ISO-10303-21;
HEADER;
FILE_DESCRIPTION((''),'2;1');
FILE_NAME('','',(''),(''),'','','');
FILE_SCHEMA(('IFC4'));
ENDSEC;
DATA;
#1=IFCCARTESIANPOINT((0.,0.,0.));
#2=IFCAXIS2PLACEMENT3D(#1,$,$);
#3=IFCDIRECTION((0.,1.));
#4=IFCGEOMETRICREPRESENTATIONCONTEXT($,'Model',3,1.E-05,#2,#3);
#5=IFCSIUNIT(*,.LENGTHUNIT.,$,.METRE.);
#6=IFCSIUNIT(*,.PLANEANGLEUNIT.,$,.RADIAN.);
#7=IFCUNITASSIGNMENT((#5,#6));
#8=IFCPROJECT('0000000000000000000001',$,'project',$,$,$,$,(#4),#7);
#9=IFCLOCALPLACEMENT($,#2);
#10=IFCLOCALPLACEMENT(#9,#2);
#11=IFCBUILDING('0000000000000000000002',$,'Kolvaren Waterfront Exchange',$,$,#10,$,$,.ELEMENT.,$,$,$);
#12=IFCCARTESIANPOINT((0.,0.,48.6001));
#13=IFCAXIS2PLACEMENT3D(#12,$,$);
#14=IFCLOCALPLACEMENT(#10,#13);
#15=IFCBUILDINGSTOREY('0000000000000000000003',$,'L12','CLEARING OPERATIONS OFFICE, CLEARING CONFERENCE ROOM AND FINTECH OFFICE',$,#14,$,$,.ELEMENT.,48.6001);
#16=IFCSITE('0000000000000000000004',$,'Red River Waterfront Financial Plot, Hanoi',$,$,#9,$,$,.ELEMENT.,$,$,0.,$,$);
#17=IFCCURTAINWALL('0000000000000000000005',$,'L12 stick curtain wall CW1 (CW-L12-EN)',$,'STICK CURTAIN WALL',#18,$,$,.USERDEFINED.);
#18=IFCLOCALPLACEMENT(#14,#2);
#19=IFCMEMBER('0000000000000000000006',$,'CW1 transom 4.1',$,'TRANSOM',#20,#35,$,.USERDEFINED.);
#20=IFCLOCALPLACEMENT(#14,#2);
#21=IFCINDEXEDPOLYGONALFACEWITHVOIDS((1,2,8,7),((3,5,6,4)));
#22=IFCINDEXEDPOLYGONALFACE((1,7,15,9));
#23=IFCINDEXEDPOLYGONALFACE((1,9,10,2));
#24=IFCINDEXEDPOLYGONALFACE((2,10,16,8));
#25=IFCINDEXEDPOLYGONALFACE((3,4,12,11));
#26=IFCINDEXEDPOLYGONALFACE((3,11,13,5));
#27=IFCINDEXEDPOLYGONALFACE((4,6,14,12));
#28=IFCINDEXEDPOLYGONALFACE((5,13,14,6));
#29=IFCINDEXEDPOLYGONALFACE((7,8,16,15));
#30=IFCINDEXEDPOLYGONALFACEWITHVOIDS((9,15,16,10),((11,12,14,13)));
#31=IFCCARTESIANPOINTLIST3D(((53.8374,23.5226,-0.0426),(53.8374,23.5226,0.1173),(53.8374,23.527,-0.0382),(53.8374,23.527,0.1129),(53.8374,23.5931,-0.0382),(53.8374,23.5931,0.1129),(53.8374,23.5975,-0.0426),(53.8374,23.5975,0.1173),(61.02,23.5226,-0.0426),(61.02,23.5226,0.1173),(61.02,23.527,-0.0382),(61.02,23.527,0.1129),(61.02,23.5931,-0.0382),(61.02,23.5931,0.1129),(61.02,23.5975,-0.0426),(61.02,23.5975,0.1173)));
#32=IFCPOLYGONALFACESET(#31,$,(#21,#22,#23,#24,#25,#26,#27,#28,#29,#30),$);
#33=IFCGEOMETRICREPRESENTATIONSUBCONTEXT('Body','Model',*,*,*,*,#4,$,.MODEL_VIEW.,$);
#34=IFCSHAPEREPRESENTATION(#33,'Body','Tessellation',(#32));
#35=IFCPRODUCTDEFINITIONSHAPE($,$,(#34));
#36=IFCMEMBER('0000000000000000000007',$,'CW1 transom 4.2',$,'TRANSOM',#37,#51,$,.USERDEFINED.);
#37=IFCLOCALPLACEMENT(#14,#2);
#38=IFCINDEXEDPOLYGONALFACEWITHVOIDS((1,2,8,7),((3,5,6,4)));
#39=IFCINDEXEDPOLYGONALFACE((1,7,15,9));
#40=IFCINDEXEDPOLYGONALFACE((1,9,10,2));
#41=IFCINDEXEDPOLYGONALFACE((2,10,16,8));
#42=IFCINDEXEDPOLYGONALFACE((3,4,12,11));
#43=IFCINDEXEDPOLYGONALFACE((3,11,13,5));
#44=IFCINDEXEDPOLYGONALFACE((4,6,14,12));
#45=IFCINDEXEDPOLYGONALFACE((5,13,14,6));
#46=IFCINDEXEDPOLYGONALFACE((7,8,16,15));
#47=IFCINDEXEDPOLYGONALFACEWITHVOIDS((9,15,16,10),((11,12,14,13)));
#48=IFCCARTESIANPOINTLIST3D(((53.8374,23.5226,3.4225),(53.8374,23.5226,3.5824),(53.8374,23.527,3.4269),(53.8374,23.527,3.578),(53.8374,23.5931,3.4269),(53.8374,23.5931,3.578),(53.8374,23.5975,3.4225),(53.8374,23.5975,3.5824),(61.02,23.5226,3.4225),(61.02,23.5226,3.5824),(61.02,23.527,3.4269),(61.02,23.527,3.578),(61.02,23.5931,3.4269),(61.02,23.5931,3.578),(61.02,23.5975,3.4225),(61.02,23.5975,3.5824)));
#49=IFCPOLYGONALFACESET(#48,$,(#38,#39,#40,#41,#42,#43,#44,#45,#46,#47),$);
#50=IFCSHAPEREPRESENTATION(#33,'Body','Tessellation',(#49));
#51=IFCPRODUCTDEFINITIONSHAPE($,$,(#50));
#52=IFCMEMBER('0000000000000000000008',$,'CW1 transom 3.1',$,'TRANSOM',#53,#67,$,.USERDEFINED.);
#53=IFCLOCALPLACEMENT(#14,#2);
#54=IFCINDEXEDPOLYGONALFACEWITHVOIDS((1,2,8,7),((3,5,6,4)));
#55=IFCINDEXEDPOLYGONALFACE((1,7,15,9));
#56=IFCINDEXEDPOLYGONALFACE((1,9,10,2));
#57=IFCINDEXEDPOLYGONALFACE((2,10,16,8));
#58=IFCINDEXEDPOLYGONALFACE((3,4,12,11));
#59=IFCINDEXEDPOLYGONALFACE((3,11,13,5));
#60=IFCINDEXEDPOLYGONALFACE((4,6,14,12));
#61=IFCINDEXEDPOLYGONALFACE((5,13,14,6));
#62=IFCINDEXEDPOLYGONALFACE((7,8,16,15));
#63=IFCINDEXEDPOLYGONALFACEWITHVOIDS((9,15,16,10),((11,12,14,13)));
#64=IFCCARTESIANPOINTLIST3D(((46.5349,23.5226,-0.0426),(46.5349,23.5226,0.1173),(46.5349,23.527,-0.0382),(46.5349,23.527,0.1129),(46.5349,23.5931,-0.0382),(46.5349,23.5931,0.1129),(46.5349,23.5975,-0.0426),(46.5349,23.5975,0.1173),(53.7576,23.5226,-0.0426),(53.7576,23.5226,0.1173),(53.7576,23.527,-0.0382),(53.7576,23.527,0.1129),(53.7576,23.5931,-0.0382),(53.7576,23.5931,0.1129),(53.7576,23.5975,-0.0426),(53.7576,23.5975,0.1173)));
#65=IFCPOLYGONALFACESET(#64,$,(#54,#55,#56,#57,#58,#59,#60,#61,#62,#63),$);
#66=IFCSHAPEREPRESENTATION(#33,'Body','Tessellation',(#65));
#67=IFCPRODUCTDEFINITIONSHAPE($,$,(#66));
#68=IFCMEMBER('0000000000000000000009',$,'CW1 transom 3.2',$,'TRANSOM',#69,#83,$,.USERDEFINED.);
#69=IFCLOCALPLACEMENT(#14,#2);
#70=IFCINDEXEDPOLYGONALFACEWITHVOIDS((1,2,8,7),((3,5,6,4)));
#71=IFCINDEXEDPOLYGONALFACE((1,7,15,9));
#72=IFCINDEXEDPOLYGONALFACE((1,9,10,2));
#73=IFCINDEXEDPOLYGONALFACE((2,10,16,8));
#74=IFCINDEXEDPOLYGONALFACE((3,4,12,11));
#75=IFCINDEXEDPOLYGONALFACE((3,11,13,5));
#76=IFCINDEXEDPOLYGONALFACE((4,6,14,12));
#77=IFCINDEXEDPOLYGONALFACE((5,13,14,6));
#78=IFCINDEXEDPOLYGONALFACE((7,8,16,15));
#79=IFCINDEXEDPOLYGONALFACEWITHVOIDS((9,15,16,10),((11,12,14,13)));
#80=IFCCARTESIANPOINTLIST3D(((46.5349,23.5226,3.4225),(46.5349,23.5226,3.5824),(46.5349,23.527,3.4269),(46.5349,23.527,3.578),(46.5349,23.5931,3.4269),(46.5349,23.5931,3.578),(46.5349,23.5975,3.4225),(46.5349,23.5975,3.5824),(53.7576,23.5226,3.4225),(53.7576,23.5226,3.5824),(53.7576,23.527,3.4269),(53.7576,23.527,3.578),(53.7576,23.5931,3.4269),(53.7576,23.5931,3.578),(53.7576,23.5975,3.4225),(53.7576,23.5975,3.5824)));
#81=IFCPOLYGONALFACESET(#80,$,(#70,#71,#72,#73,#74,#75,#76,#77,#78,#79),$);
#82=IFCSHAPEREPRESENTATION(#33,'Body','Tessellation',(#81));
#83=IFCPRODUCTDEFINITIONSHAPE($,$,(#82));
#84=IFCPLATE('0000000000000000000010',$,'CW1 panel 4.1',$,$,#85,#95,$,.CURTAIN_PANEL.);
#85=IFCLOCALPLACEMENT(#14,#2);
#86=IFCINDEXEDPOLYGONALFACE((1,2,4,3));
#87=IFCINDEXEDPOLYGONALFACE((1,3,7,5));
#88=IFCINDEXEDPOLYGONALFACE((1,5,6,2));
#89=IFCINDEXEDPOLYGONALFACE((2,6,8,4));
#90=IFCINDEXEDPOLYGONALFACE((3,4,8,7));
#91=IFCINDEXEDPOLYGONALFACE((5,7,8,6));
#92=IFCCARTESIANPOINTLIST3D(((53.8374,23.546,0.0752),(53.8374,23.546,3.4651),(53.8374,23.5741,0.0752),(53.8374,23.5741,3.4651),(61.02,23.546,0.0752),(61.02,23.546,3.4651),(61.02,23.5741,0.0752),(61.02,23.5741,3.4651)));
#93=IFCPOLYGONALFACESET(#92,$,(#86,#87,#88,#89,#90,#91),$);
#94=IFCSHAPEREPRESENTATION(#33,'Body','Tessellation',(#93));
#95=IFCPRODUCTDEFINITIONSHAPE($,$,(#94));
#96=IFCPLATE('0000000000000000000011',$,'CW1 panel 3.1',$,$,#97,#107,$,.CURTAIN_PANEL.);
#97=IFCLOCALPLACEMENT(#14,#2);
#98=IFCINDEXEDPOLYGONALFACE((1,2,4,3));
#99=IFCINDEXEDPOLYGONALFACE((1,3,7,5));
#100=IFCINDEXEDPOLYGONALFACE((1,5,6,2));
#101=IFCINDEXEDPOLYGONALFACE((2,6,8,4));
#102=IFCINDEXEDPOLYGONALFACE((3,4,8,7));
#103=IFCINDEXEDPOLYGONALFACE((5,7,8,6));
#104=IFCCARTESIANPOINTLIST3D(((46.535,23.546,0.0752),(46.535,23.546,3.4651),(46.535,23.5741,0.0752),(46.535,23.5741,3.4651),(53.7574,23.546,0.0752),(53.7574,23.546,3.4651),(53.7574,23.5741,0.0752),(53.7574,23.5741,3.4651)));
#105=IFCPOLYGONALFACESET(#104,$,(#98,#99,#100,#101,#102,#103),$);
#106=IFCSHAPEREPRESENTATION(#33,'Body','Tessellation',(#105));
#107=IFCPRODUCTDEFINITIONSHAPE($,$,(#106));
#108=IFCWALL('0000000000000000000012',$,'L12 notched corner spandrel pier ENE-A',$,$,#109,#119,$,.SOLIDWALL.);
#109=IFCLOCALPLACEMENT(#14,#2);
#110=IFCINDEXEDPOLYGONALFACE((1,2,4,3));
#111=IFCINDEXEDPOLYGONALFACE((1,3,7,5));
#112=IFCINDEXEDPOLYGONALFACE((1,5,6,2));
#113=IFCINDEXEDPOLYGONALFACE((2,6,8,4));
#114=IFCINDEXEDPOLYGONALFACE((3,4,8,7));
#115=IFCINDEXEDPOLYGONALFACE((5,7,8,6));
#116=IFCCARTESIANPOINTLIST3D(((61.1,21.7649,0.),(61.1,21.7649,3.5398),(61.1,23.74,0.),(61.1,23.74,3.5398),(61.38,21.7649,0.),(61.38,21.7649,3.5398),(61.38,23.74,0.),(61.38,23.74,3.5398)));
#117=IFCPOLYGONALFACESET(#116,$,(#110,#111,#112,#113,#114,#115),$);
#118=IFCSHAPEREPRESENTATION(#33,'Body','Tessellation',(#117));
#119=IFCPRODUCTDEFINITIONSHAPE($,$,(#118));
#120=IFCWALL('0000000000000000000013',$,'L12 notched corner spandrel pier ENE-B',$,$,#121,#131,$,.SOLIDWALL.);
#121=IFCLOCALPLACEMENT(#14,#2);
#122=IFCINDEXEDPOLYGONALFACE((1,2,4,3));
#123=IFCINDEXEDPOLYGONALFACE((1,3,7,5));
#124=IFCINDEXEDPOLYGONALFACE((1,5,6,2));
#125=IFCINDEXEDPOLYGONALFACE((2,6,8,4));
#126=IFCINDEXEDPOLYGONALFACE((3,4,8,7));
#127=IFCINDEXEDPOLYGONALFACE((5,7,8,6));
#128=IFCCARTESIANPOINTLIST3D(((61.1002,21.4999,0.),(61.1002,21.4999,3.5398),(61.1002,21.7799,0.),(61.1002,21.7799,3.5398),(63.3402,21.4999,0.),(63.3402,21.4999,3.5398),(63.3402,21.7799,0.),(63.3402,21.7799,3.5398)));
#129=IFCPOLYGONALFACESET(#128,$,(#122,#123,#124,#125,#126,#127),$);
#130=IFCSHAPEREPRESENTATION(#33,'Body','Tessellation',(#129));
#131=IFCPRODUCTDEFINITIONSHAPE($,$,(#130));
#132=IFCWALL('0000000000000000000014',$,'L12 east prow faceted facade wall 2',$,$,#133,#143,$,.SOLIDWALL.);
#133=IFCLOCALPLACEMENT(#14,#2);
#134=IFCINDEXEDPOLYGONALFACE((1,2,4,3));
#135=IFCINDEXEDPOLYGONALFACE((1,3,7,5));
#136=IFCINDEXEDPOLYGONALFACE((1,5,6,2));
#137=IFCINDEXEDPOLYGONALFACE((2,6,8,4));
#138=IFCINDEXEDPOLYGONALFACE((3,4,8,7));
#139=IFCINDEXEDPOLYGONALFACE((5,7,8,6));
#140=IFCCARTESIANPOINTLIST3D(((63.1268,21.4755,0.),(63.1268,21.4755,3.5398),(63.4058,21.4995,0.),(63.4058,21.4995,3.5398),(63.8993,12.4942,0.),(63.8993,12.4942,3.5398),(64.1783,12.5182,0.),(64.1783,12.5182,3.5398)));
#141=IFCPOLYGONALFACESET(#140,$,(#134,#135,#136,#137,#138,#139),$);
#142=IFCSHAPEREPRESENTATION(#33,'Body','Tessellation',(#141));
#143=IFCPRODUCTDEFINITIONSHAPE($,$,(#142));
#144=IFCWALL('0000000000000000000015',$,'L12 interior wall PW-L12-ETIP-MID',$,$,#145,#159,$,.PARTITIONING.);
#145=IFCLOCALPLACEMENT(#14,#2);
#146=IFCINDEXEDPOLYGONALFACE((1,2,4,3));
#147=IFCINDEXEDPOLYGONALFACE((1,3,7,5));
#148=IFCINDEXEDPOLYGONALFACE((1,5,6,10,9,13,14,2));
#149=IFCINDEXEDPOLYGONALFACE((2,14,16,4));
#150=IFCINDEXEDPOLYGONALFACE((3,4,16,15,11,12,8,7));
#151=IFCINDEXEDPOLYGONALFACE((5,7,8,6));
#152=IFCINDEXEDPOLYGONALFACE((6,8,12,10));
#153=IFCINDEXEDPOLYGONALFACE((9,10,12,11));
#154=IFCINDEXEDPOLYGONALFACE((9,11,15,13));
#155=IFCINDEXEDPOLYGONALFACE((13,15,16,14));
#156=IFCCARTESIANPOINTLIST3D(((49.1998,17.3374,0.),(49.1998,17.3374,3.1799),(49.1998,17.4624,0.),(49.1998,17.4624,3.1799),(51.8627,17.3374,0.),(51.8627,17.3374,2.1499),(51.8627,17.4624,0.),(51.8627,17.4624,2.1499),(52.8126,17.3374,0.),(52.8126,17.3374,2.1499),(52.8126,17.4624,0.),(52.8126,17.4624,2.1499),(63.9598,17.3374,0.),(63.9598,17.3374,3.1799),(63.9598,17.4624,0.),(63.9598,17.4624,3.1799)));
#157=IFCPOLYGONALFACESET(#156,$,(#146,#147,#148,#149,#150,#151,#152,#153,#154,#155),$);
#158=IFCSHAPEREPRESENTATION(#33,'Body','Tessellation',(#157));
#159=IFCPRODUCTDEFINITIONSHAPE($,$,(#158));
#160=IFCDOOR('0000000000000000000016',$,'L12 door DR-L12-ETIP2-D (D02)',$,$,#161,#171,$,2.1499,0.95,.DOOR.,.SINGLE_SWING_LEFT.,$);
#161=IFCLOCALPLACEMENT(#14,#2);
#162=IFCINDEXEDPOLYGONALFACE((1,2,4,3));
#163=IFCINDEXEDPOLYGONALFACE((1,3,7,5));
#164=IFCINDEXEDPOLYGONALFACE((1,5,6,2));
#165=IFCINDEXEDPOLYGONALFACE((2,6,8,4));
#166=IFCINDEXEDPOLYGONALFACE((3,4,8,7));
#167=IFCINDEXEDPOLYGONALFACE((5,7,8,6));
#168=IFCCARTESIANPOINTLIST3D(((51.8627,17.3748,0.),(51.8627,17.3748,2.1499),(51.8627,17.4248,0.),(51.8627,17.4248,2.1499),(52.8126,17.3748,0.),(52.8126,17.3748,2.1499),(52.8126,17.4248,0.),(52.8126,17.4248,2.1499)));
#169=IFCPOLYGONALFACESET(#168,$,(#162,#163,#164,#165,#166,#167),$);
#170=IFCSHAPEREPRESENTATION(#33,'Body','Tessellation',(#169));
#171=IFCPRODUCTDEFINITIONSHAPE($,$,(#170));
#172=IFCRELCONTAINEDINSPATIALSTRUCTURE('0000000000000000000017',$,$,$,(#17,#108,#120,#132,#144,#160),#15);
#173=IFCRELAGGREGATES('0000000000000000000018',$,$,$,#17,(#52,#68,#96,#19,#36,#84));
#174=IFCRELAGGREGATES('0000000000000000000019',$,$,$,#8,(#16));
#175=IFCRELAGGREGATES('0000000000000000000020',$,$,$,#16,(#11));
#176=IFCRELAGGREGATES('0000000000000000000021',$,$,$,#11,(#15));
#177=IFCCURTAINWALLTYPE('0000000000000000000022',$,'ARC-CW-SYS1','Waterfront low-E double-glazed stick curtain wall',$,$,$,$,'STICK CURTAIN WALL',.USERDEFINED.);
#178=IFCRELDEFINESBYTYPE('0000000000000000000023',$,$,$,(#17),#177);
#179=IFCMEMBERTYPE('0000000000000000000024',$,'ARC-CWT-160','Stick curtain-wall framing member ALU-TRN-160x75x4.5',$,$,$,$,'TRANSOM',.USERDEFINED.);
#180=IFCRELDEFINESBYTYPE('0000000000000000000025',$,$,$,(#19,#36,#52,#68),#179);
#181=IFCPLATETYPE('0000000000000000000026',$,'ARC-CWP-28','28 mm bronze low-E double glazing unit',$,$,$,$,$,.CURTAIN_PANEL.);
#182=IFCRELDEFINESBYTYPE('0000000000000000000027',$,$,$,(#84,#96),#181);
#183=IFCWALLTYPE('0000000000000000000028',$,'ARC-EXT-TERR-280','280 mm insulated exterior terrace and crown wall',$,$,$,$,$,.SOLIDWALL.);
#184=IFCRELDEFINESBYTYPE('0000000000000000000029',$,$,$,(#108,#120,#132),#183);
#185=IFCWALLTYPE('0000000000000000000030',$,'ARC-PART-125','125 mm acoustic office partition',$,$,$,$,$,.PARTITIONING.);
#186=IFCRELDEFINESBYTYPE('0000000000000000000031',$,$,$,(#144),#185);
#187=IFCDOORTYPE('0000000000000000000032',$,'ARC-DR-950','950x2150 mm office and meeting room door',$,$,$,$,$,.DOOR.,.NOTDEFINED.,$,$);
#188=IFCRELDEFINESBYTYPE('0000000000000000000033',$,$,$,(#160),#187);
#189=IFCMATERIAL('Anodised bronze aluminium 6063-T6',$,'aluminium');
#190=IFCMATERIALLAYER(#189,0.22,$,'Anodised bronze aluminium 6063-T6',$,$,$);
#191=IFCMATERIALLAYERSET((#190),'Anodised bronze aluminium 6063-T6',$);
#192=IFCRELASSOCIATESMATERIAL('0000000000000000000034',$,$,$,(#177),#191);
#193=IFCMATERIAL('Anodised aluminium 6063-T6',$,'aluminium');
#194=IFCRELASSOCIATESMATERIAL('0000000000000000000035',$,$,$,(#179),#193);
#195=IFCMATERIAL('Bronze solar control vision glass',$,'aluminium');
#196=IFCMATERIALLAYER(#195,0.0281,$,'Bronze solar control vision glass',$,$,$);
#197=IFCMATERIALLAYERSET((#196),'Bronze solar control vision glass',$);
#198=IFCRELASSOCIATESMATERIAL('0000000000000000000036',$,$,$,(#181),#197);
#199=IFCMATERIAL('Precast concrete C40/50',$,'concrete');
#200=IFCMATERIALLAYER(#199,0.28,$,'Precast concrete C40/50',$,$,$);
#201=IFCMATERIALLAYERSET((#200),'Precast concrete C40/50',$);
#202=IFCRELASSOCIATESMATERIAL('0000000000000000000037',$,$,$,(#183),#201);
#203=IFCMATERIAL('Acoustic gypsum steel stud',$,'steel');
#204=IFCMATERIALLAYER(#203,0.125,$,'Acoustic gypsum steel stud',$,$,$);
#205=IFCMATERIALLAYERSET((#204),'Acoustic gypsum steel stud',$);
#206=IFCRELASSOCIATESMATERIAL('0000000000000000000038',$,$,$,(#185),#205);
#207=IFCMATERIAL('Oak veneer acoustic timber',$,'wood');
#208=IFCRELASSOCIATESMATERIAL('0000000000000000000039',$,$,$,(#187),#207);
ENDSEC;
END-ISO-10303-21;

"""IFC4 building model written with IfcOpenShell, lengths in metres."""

from ifc_helpers import new_model, si_unit, direction, frame, frame_2d, origin, origin_with_axes, origin_2d, place, context, subcontext, project, spatial, rectangle, hollow_rectangle, extrude, source, transform, mapped, material, layer, layer_set, material_profile, profile_set, type_object, element, fill, aggregate, save


model = new_model("IFC4")

# Units and contexts
model_context = context("Model", 3, precision=1e-05, world=origin(), true_north=direction((0.0, 1.0)))
body_context = subcontext(model_context, "Body", "Model", "MODEL_VIEW")
ifc_project = project(units=[si_unit("LENGTHUNIT", "METRE"), si_unit("PLANEANGLEUNIT", "RADIAN")], contexts=[model_context])

# Site, building, storey
site_placement = place(None, origin())
site = spatial("IfcSite", under=ifc_project, at=site_placement, Name="Red River Waterfront Financial Plot, Hanoi", CompositionType="ELEMENT", RefElevation=0.0)
building_placement = place(site_placement, origin())
building = spatial("IfcBuilding", under=site, at=building_placement, Name="Kolvaren Waterfront Exchange", CompositionType="ELEMENT")
storey_placement = place(building_placement, frame((0.0, 0.0, 48.6001)))
storey = spatial("IfcBuildingStorey", under=building, at=storey_placement, Name="L12", Description="CLEARING OPERATIONS OFFICE, CLEARING CONFERENCE ROOM AND FINTECH OFFICE", CompositionType="ELEMENT", Elevation=48.6001)

# Curtain wall, members, plates
ifc_material_1 = material(Name="Anodised bronze aluminium 6063-T6", Category="aluminium")
ifc_layer_1 = layer(ifc_material_1, 0.22, Name="Anodised bronze aluminium 6063-T6")
ifc_layer_set_1 = layer_set([ifc_layer_1], Name="Anodised bronze aluminium 6063-T6")
curtain_wall_type = type_object("IfcCurtainWallType", Name="ARC-CW-SYS1", Description="Waterfront low-E double-glazed stick curtain wall", ElementType="STICK CURTAIN WALL", PredefinedType="USERDEFINED", material=ifc_layer_set_1)
curtain_wall_placement = place(storey_placement, origin())
curtain_wall = element("IfcCurtainWall", 1, at=curtain_wall_placement, inside=storey, type_object=curtain_wall_type, Name="L12 stick curtain wall CW1 (CW-L12-EN)", ObjectType="STICK CURTAIN WALL", PredefinedType="USERDEFINED")
ifc_material_2 = material(Name="Anodised aluminium 6063-T6", Category="aluminium")
ifc_material_profile_1 = material_profile(ifc_material_2, hollow_rectangle(XDim=0.075, YDim=0.1599, WallThickness=0.0044, at=origin_2d()), Name="ALU-TRN-160x75x4.5")
ifc_profile_set_1 = profile_set([ifc_material_profile_1], Name="Anodised aluminium 6063-T6")
member_type_1 = type_object("IfcMemberType", Name="ARC-CWT-160", Description="Stick curtain-wall framing member ALU-TRN-160x75x4.5", ElementType="TRANSOM", PredefinedType="USERDEFINED", material=ifc_profile_set_1)
shared_shape_1 = source(origin_with_axes(), body_context, "Body", "SweptSolid", [
    extrude(hollow_rectangle(XDim=0.075, YDim=0.1599, WallThickness=0.0044, at=origin_2d()), origin(), (0.0, 0.0, 1.0), 7.1826),
])
member_1_placement = place(storey_placement, frame((53.8374, 23.5601, 0.0374), z_axis=(1.0, 0.0, 0.0), x_axis=(0.0, 1.0, 0.0)))
member_1 = element("IfcMember", 2, at=member_1_placement, type_object=member_type_1, Name="CW1 transom 4.1", ObjectType="TRANSOM", PredefinedType="USERDEFINED", context=body_context, shape_type="MappedRepresentation", body=[
    mapped(shared_shape_1, transform((0.0, 0.0, 0.0), x_axis=(1.0, 0.0, 0.0), y_axis=(0.0, 1.0, 0.0), z_axis=(0.0, 0.0, 1.0), scale=1.0)),
])
member_2_placement = place(storey_placement, frame((53.8374, 23.5601, 3.5024), z_axis=(1.0, 0.0, 0.0), x_axis=(0.0, 1.0, 0.0)))
member_2 = element("IfcMember", 3, at=member_2_placement, type_object=member_type_1, Name="CW1 transom 4.2", ObjectType="TRANSOM", PredefinedType="USERDEFINED", context=body_context, shape_type="MappedRepresentation", body=[
    mapped(shared_shape_1, transform((0.0, 0.0, 0.0), x_axis=(1.0, 0.0, 0.0), y_axis=(0.0, 1.0, 0.0), z_axis=(0.0, 0.0, 1.0), scale=1.0)),
])
shared_shape_2 = source(origin_with_axes(), body_context, "Body", "SweptSolid", [
    extrude(hollow_rectangle(XDim=0.075, YDim=0.1599, WallThickness=0.0044, at=origin_2d()), origin(), (0.0, 0.0, 1.0), 7.2227),
])
member_3_placement = place(storey_placement, frame((46.5349, 23.5601, 0.0374), z_axis=(1.0, 0.0, 0.0), x_axis=(0.0, 1.0, 0.0)))
member_3 = element("IfcMember", 4, at=member_3_placement, type_object=member_type_1, Name="CW1 transom 3.1", ObjectType="TRANSOM", PredefinedType="USERDEFINED", context=body_context, shape_type="MappedRepresentation", body=[
    mapped(shared_shape_2, transform((0.0, 0.0, 0.0), x_axis=(1.0, 0.0, 0.0), y_axis=(0.0, 1.0, 0.0), z_axis=(0.0, 0.0, 1.0), scale=1.0)),
])
member_4_placement = place(storey_placement, frame((46.5349, 23.5601, 3.5024), z_axis=(1.0, 0.0, 0.0), x_axis=(0.0, 1.0, 0.0)))
member_4 = element("IfcMember", 5, at=member_4_placement, type_object=member_type_1, Name="CW1 transom 3.2", ObjectType="TRANSOM", PredefinedType="USERDEFINED", context=body_context, shape_type="MappedRepresentation", body=[
    mapped(shared_shape_2, transform((0.0, 0.0, 0.0), x_axis=(1.0, 0.0, 0.0), y_axis=(0.0, 1.0, 0.0), z_axis=(0.0, 0.0, 1.0), scale=1.0)),
])
ifc_material_3 = material(Name="Bronze solar control vision glass", Category="aluminium")
ifc_layer_2 = layer(ifc_material_3, 0.0281, Name="Bronze solar control vision glass")
ifc_layer_set_2 = layer_set([ifc_layer_2], Name="Bronze solar control vision glass")
plate_type = type_object("IfcPlateType", Name="ARC-CWP-28", Description="28 mm bronze low-E double glazing unit", PredefinedType="CURTAIN_PANEL", material=ifc_layer_set_2)
shared_shape_3 = source(origin_with_axes(), body_context, "Body", "SweptSolid", [
    extrude(rectangle(XDim=7.1826, YDim=0.0281, at=origin_2d()), origin(), (0.0, 0.0, 1.0), 3.3899),
])
plate_1_placement = place(storey_placement, frame((57.4287, 23.5601, 0.0752), z_axis=(0.0, 0.0, 1.0), x_axis=(1.0, 0.0, 0.0)))
plate_1 = element("IfcPlate", 6, at=plate_1_placement, type_object=plate_type, Name="CW1 panel 4.1", PredefinedType="CURTAIN_PANEL", context=body_context, shape_type="MappedRepresentation", body=[
    mapped(shared_shape_3, transform((0.0, 0.0, 0.0), x_axis=(1.0, 0.0, 0.0), y_axis=(0.0, 1.0, 0.0), z_axis=(0.0, 0.0, 1.0), scale=1.0)),
])
shared_shape_4 = source(origin_with_axes(), body_context, "Body", "SweptSolid", [
    extrude(rectangle(XDim=7.2224, YDim=0.0281, at=origin_2d()), origin(), (0.0, 0.0, 1.0), 3.3899),
])
plate_2_placement = place(storey_placement, frame((50.1462, 23.5601, 0.0752), z_axis=(0.0, 0.0, 1.0), x_axis=(1.0, 0.0, 0.0)))
plate_2 = element("IfcPlate", 7, at=plate_2_placement, type_object=plate_type, Name="CW1 panel 3.1", PredefinedType="CURTAIN_PANEL", context=body_context, shape_type="MappedRepresentation", body=[
    mapped(shared_shape_4, transform((0.0, 0.0, 0.0), x_axis=(1.0, 0.0, 0.0), y_axis=(0.0, 1.0, 0.0), z_axis=(0.0, 0.0, 1.0), scale=1.0)),
])
aggregate(curtain_wall, [member_3, member_4, plate_2, member_1, member_2, plate_1])

# Walls
ifc_material_4 = material(Name="Precast concrete C40/50", Category="concrete")
ifc_layer_3 = layer(ifc_material_4, 0.28, Name="Precast concrete C40/50")
ifc_layer_set_3 = layer_set([ifc_layer_3], Name="Precast concrete C40/50")
wall_type_1 = type_object("IfcWallType", Name="ARC-EXT-TERR-280", Description="280 mm insulated exterior terrace and crown wall", PredefinedType="SOLIDWALL", material=ifc_layer_set_3)
wall_1_placement = place(storey_placement, frame((61.24, 21.7649, 0.0), z_axis=(0.0, 0.0, 1.0), x_axis=(0.0, 1.0, 0.0)))
element("IfcWall", 8, at=wall_1_placement, inside=storey, type_object=wall_type_1, Name="L12 notched corner spandrel pier ENE-A", PredefinedType="SOLIDWALL", context=body_context, shape_type="SweptSolid", body=[
    extrude(rectangle(XDim=1.9751, YDim=0.28, at=frame_2d((0.9875, 0.0))), origin(), (0.0, 0.0, 1.0), 3.5398),
])
wall_2_placement = place(storey_placement, frame((61.1001, 21.6399, 0.0), z_axis=(0.0, 0.0, 1.0), x_axis=(1.0, 0.0, 0.0)))
element("IfcWall", 9, at=wall_2_placement, inside=storey, type_object=wall_type_1, Name="L12 notched corner spandrel pier ENE-B", PredefinedType="SOLIDWALL", context=body_context, shape_type="SweptSolid", body=[
    extrude(rectangle(XDim=2.24, YDim=0.28, at=frame_2d((1.1201, 0.0))), origin(), (0.0, 0.0, 1.0), 3.5398),
])
wall_3_placement = place(storey_placement, frame((64.0388, 12.5061, 0.0), z_axis=(0.0, 0.0, 1.0), x_axis=(-0.085692, 0.996322, 0.0)))
element("IfcWall", 10, at=wall_3_placement, inside=storey, type_object=wall_type_1, Name="L12 east prow faceted facade wall 2", PredefinedType="SOLIDWALL", context=body_context, shape_type="SweptSolid", body=[
    extrude(rectangle(XDim=9.0144, YDim=0.28, at=frame_2d((4.5073, 0.0))), origin(), (0.0, 0.0, 1.0), 3.5398),
])

# Wall, opening, door
ifc_material_5 = material(Name="Acoustic gypsum steel stud", Category="steel")
ifc_layer_4 = layer(ifc_material_5, 0.125, Name="Acoustic gypsum steel stud")
ifc_layer_set_4 = layer_set([ifc_layer_4], Name="Acoustic gypsum steel stud")
wall_type_2 = type_object("IfcWallType", Name="ARC-PART-125", Description="125 mm acoustic office partition", PredefinedType="PARTITIONING", material=ifc_layer_set_4)
wall_4_placement = place(storey_placement, frame((49.2, 17.3999, 0.0), z_axis=(0.0, 0.0, 1.0), x_axis=(1.0, 0.0, 0.0)))
wall_4 = element("IfcWall", 11, at=wall_4_placement, inside=storey, type_object=wall_type_2, Name="L12 interior wall PW-L12-ETIP-MID", PredefinedType="PARTITIONING", context=body_context, shape_type="SweptSolid", body=[
    extrude(rectangle(XDim=14.76, YDim=0.125, at=frame_2d((7.3799, 0.0))), origin(), (0.0, 0.0, 1.0), 3.1799),
])
opening_placement = place(wall_4_placement, frame((2.6626, 0.0, 0.0)))
opening = element("IfcOpeningElement", 12, at=opening_placement, cuts=wall_4, PredefinedType="OPENING", context=body_context, shape_type="SweptSolid", body=[
    extrude(rectangle(XDim=0.95, YDim=2.1499, at=frame_2d((0.4751, 1.075))), frame((0.0, 0.0725, 0.0), z_axis=(0.0, -1.0, 0.0), x_axis=(1.0, 0.0, 0.0)), (0.0, 0.0, 1.0), 0.145),
])
ifc_material_6 = material(Name="Oak veneer acoustic timber", Category="wood")
door_type = type_object("IfcDoorType", Name="ARC-DR-950", Description="950x2150 mm office and meeting room door", OperationType="NOTDEFINED", PredefinedType="DOOR", material=ifc_material_6)
door_placement = place(opening_placement, origin())
door = element("IfcDoor", 13, at=door_placement, inside=storey, type_object=door_type, Name="L12 door DR-L12-ETIP2-D (D02)", OperationType="SINGLE_SWING_LEFT", OverallHeight=2.1499, OverallWidth=0.95, PredefinedType="DOOR", context=body_context, shape_type="SweptSolid", body=[
    extrude(rectangle(XDim=0.95, YDim=2.1499, at=frame_2d((0.4751, 1.075))), frame((0.0, 0.0249, 0.0), z_axis=(0.0, -1.0, 0.0), x_axis=(1.0, 0.0, 0.0)), (0.0, 0.0, 1.0), 0.05),
])
fill(opening, door)

save(model, "model.ifc")
